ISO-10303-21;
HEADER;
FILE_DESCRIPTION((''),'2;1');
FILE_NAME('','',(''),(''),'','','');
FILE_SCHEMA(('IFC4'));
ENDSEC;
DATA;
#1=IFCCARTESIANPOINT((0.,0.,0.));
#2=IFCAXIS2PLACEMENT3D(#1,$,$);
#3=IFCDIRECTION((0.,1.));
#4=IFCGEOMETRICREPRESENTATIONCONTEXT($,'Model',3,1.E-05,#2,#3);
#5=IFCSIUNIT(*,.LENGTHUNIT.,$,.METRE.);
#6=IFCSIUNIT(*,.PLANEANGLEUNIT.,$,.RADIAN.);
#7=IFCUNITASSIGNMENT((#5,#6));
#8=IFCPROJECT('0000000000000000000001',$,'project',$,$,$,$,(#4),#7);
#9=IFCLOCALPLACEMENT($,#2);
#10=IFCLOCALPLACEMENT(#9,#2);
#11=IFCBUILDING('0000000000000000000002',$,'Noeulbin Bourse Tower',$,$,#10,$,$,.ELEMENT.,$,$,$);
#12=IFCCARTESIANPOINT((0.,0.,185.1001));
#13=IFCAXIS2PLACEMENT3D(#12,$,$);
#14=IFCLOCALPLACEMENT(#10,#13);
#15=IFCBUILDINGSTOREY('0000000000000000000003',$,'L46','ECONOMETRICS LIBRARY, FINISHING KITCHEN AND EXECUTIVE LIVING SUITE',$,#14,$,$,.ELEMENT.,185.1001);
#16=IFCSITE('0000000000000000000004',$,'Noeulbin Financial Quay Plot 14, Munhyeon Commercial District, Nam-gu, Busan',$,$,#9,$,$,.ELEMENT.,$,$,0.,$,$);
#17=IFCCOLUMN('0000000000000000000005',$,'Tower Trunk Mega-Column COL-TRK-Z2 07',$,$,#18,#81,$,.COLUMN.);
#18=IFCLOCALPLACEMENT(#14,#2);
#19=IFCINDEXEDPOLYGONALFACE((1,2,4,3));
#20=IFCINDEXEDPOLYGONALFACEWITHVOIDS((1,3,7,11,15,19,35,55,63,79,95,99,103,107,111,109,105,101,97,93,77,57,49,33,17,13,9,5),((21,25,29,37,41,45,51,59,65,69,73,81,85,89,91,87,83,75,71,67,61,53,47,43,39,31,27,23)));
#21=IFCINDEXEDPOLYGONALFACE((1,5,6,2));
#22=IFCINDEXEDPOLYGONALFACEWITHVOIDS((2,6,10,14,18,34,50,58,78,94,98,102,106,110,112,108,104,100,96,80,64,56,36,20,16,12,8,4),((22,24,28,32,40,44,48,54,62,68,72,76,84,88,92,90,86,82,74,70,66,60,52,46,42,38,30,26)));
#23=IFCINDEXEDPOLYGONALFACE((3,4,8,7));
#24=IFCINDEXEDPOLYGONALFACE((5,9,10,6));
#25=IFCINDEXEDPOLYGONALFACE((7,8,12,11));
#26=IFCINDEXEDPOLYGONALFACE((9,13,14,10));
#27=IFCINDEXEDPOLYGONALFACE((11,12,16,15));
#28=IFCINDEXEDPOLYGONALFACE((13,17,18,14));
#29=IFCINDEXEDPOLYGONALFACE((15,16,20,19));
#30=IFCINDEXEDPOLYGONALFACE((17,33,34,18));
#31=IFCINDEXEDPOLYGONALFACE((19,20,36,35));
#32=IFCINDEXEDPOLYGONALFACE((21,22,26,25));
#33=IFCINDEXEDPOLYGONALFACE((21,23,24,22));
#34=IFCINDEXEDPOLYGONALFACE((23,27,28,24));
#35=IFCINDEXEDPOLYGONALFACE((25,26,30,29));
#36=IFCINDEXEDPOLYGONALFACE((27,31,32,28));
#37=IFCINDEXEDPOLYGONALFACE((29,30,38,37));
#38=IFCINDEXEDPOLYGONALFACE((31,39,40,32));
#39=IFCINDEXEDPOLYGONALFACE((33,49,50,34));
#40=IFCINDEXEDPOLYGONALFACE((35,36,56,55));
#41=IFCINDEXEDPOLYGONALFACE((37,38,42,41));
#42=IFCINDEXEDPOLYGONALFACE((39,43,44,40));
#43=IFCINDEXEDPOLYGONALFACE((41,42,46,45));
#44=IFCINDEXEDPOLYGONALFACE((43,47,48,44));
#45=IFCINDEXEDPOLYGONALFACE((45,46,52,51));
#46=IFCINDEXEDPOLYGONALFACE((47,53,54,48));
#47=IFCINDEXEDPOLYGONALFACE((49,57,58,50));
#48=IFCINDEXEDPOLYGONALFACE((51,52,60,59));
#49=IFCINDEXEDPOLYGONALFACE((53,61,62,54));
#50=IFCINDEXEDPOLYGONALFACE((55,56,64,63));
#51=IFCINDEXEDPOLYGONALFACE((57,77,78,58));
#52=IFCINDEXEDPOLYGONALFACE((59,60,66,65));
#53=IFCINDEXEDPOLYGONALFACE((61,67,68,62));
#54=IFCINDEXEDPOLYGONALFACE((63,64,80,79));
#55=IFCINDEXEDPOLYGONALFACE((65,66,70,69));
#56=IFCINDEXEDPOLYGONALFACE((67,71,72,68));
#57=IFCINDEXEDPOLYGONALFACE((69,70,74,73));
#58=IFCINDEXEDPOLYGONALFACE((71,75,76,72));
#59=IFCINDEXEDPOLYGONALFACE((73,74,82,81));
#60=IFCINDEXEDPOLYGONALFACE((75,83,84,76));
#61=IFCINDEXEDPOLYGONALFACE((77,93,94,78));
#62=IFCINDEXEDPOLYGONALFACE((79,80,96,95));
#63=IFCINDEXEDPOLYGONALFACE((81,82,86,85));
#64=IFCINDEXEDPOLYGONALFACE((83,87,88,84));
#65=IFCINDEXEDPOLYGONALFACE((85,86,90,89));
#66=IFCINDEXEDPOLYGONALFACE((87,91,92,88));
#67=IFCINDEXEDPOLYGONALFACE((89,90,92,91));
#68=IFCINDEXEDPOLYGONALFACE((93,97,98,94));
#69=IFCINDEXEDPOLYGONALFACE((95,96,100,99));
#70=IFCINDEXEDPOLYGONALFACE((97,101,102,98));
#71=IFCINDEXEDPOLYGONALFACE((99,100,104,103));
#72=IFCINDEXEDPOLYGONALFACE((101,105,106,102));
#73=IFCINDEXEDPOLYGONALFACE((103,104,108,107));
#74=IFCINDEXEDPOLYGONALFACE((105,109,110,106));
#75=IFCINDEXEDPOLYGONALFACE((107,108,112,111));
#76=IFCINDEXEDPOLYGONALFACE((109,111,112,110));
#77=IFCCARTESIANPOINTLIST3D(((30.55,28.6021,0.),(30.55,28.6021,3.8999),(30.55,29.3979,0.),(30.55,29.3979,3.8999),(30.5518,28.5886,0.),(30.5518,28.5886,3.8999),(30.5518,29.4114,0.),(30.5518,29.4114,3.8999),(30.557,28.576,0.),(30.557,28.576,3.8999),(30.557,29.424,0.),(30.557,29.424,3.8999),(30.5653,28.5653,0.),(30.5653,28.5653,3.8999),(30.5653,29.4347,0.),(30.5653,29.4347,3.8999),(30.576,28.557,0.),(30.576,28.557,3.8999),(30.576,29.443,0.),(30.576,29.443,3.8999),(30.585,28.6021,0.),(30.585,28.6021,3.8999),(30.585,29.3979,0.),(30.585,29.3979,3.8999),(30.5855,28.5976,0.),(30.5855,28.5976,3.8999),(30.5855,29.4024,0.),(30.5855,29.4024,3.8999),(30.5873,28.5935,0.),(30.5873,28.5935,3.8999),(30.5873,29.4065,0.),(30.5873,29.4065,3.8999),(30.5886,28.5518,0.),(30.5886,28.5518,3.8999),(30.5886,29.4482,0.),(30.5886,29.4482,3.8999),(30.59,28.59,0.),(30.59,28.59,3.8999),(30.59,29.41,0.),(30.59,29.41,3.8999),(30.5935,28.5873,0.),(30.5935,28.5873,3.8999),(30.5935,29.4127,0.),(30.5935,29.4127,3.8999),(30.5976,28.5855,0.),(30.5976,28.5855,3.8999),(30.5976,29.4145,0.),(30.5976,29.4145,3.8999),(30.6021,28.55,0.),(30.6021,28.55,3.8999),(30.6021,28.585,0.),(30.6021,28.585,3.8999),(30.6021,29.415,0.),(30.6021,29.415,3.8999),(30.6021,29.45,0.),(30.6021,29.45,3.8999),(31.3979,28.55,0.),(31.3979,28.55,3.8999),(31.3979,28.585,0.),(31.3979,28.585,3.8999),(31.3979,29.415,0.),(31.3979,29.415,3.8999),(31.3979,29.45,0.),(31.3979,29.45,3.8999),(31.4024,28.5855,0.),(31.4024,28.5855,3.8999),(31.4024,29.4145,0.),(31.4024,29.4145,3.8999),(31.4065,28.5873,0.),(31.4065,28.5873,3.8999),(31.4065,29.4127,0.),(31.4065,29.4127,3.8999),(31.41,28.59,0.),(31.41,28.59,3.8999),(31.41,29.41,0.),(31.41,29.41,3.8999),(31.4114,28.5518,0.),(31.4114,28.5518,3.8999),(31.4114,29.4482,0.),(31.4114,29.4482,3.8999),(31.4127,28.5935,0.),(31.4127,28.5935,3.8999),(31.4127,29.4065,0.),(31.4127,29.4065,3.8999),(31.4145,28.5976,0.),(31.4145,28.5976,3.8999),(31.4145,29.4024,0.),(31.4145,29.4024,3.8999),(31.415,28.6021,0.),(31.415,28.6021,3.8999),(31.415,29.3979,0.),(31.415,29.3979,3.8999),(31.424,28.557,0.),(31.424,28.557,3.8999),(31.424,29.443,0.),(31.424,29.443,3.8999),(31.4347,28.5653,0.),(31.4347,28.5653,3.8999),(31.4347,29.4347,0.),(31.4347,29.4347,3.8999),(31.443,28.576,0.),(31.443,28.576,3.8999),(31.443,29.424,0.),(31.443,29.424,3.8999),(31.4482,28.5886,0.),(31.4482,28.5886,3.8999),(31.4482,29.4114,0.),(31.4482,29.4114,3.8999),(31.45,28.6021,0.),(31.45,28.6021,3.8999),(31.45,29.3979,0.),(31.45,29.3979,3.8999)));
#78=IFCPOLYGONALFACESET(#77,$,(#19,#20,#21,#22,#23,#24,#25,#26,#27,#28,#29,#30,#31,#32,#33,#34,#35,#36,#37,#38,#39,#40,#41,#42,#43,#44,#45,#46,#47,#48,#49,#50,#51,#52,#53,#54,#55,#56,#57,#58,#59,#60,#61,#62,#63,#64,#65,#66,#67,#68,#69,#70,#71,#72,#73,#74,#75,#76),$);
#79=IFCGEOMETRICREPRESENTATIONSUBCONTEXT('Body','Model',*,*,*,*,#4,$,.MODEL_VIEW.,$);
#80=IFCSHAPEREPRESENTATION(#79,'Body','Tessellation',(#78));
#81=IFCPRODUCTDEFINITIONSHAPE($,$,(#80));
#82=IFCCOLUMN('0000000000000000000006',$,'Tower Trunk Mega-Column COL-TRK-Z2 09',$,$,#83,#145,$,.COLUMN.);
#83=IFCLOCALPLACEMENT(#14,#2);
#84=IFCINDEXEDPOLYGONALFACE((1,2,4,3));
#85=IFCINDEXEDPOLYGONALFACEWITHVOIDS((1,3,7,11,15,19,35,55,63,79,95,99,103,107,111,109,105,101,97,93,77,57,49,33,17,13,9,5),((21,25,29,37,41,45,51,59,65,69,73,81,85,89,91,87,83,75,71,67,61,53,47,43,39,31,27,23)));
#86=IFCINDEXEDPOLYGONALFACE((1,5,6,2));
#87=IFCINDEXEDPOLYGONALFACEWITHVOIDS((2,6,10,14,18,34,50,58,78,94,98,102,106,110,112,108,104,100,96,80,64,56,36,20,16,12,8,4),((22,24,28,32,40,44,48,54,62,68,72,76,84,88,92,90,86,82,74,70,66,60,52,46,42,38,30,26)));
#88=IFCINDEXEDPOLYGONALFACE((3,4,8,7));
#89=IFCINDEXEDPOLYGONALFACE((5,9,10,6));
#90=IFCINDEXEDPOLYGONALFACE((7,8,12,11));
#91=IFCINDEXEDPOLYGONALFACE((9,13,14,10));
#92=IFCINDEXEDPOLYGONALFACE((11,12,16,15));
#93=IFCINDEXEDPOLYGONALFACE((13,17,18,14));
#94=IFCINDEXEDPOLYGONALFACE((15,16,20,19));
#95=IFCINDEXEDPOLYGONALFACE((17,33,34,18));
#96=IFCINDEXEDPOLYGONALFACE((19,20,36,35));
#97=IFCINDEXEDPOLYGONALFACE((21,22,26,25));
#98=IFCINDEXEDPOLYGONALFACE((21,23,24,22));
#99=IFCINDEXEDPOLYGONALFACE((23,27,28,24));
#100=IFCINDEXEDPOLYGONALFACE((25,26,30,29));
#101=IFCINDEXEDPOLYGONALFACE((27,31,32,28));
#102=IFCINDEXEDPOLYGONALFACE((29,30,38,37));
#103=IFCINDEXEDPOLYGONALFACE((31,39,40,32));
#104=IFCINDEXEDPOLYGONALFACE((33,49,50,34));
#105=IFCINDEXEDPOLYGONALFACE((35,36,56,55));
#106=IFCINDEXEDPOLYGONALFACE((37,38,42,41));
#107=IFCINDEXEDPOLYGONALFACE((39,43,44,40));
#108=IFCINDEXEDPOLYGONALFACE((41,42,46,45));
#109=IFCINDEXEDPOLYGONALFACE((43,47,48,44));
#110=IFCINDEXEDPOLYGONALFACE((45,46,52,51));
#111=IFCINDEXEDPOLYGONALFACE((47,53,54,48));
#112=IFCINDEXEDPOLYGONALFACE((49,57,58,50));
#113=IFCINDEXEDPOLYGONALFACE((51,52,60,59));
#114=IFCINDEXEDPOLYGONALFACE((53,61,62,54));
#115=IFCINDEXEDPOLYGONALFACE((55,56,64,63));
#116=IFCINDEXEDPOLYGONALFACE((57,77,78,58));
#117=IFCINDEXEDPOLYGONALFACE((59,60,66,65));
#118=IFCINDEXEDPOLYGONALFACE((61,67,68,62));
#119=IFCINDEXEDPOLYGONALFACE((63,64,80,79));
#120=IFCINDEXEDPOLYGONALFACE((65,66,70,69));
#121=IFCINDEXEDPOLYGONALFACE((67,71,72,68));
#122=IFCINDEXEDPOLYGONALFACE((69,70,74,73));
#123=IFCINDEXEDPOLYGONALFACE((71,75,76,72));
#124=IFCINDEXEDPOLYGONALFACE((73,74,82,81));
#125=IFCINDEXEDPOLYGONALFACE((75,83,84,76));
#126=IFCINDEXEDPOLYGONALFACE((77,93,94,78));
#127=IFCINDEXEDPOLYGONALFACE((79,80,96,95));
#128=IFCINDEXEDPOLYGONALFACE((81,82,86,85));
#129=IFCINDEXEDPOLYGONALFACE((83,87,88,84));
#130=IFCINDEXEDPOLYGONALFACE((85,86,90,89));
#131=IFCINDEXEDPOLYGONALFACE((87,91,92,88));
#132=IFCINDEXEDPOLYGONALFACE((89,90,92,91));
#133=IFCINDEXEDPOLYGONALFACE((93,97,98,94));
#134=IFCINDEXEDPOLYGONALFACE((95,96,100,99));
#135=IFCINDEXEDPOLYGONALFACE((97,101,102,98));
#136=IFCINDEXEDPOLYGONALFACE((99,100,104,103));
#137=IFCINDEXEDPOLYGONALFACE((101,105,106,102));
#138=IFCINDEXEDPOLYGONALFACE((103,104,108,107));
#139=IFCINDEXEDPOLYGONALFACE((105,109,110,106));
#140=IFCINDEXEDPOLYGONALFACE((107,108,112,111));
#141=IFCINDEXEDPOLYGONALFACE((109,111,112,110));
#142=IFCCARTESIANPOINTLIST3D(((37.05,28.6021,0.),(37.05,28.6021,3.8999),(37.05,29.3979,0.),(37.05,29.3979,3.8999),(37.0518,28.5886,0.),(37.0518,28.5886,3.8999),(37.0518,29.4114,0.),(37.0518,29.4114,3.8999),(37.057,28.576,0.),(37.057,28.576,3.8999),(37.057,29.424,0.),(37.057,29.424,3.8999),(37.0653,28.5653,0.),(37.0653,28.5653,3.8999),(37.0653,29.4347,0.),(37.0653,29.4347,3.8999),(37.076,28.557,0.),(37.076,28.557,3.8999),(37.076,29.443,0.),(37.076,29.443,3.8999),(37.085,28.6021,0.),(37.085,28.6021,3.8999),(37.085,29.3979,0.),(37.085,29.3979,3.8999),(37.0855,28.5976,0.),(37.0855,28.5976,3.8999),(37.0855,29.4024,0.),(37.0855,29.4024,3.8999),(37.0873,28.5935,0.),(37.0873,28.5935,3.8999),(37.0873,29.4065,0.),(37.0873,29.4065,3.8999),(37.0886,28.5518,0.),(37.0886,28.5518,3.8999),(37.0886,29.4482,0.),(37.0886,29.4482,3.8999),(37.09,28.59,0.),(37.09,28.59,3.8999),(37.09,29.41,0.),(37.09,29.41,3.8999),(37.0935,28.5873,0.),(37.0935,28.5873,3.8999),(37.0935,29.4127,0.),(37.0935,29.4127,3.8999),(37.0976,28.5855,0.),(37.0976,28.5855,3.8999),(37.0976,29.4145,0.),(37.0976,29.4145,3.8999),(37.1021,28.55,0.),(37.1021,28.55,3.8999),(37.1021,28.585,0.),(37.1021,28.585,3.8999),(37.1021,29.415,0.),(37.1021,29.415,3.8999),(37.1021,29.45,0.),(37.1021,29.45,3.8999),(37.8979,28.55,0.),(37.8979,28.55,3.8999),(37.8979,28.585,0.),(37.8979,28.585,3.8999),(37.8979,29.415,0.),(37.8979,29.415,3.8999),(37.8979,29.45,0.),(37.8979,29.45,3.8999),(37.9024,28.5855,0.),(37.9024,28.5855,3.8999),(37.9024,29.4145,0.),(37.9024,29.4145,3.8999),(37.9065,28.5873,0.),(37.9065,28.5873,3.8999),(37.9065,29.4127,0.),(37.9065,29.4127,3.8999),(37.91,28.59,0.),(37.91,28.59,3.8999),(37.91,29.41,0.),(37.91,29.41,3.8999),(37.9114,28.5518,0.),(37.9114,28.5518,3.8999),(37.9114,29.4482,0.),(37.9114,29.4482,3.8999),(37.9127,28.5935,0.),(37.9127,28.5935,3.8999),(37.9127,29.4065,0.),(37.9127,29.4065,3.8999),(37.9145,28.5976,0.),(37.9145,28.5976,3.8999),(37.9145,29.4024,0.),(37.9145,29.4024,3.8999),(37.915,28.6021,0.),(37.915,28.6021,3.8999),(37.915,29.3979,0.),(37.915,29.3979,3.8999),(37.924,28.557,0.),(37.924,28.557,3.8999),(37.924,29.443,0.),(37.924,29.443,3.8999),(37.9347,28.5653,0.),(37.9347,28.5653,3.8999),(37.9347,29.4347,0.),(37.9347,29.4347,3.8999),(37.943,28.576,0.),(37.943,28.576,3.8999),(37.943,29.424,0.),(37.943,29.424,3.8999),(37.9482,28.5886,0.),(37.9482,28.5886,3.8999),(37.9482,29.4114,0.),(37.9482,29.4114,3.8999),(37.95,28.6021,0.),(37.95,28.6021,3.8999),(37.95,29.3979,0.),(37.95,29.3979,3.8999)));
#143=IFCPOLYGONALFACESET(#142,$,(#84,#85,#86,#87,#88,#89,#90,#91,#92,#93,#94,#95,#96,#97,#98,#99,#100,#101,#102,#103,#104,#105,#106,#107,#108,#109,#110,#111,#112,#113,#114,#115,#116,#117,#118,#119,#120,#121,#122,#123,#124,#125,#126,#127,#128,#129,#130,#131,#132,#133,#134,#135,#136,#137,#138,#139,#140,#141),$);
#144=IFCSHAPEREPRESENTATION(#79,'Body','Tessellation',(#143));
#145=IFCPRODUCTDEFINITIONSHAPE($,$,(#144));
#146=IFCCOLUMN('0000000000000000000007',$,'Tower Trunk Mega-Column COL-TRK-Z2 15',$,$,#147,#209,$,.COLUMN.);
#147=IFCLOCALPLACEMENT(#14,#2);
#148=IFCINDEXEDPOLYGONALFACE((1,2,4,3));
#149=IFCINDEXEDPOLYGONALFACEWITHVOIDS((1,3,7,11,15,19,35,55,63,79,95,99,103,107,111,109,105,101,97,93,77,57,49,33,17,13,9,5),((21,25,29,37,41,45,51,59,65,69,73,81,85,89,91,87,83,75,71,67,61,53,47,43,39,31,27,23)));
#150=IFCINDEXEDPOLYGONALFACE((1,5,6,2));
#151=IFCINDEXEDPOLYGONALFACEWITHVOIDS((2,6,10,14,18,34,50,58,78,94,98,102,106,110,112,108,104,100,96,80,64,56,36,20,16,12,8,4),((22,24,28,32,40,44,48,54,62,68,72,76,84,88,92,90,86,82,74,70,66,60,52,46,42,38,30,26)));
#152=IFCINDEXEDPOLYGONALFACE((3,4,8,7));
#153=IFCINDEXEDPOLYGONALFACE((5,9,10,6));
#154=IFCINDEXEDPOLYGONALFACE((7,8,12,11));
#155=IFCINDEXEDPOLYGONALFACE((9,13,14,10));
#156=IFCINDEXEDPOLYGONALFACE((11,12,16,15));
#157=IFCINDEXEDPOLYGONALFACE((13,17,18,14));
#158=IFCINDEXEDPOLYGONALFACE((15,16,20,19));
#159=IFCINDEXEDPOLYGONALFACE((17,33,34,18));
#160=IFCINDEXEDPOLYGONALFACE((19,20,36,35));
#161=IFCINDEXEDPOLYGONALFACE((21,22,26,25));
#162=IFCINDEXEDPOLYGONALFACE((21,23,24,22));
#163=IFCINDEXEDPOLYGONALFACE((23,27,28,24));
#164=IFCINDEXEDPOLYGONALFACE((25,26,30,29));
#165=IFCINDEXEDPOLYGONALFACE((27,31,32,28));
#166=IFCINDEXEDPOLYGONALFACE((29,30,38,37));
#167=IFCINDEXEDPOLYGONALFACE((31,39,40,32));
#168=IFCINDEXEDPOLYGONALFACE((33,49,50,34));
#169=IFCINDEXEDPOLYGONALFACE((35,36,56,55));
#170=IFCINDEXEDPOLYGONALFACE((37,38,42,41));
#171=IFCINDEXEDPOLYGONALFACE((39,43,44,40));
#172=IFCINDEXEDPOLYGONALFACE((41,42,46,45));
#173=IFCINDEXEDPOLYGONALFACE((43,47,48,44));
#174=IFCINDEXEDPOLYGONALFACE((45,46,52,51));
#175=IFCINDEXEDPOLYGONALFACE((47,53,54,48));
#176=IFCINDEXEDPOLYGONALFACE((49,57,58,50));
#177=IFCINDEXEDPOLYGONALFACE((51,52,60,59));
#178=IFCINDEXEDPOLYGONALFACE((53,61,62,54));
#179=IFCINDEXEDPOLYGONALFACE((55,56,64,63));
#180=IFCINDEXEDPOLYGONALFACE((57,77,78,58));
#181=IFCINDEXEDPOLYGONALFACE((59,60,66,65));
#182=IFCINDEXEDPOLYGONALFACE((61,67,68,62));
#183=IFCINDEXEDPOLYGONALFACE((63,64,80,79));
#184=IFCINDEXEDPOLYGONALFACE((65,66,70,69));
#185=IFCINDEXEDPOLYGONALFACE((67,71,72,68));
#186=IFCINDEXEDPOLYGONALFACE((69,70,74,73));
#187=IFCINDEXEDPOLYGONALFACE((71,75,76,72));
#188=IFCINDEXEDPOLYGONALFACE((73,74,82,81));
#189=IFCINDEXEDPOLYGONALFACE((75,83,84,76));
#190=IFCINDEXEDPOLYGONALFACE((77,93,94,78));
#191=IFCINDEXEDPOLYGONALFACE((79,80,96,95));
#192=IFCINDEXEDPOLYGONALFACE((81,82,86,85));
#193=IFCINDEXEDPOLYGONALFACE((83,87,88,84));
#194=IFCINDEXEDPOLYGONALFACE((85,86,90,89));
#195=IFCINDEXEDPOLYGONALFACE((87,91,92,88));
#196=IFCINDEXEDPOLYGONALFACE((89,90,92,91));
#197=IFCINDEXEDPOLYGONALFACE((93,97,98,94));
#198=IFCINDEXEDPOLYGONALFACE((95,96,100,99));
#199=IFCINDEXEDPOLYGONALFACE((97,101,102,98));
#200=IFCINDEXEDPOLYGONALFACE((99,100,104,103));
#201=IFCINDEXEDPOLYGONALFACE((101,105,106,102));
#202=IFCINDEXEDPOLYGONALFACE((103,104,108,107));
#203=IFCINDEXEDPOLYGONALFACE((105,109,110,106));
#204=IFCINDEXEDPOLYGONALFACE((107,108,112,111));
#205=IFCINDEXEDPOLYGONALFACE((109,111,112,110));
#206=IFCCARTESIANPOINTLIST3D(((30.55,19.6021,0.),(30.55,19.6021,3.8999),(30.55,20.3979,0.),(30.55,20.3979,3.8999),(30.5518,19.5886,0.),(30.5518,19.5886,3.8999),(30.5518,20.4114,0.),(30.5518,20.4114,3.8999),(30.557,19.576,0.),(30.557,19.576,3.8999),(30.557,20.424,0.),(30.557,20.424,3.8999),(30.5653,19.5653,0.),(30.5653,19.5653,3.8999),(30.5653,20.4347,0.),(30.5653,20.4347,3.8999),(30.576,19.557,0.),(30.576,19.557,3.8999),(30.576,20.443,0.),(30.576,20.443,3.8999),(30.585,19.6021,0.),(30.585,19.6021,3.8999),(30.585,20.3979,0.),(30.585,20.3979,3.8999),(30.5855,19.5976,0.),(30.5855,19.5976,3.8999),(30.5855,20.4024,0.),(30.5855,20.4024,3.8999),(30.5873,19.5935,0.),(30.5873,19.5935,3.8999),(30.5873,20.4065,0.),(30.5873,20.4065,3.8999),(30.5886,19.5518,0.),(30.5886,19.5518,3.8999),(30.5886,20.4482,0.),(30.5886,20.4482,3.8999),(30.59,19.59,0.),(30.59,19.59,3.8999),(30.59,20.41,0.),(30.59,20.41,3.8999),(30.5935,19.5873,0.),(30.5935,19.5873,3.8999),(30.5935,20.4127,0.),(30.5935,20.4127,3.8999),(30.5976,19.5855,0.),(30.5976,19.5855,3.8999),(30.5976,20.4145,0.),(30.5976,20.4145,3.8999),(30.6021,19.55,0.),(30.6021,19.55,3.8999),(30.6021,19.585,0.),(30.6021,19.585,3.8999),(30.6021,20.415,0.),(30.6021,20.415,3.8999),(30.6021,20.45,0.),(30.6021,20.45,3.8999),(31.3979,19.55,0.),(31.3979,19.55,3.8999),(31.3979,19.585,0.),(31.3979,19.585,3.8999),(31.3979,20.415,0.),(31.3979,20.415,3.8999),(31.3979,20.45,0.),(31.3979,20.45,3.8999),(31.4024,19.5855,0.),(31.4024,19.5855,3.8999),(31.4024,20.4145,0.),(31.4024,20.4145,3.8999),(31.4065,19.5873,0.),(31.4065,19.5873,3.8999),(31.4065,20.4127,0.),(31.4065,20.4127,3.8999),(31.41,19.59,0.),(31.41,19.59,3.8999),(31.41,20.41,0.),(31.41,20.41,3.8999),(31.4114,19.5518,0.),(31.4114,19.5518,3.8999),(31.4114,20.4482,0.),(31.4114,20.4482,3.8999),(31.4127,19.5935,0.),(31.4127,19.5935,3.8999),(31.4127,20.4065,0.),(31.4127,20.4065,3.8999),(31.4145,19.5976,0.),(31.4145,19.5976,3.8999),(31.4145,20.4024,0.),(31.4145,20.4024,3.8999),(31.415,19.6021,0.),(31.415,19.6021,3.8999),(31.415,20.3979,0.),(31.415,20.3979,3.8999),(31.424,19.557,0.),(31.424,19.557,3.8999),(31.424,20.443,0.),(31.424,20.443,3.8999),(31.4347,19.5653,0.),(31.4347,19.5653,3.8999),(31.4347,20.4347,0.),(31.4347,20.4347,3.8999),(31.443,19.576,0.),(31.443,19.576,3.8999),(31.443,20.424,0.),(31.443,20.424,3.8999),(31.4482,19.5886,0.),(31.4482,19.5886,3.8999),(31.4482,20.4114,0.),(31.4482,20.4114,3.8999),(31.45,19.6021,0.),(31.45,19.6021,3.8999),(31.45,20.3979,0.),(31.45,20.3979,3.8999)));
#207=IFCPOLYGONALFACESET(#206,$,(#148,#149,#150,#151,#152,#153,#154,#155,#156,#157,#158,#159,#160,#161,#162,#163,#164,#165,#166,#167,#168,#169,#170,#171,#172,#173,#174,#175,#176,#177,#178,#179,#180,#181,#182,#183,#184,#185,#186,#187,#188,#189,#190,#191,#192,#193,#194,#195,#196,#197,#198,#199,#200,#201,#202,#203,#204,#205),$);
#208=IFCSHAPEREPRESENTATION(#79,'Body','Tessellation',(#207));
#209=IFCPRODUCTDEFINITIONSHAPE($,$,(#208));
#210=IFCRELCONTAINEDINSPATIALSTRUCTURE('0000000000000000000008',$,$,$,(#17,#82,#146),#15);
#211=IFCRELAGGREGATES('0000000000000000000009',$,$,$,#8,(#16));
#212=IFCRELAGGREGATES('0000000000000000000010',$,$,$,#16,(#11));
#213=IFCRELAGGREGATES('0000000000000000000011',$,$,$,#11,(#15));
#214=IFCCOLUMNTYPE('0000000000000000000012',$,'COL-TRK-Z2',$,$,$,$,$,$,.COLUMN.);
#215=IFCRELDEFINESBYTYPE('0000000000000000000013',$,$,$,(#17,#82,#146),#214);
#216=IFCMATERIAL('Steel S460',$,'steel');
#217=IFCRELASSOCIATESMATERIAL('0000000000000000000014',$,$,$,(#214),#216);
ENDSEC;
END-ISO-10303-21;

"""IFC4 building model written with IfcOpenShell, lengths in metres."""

from ifc_helpers import new_model, si_unit, direction, frame, origin, origin_2d, place, context, subcontext, project, spatial, hollow_rectangle, extrude, material, material_profile, profile_set, type_object, element, save


model = new_model("IFC4")

# Units and contexts
model_context = context("Model", 3, precision=1e-05, world=origin(), true_north=direction((0.0, 1.0)))
body_context = subcontext(model_context, "Body", "Model", "MODEL_VIEW")
ifc_project = project(units=[si_unit("LENGTHUNIT", "METRE"), si_unit("PLANEANGLEUNIT", "RADIAN")], contexts=[model_context])

# Site, building, storey
site_placement = place(None, origin())
site = spatial("IfcSite", under=ifc_project, at=site_placement, Name="Noeulbin Financial Quay Plot 14, Munhyeon Commercial District, Nam-gu, Busan", CompositionType="ELEMENT", RefElevation=0.0)
building_placement = place(site_placement, origin())
building = spatial("IfcBuilding", under=site, at=building_placement, Name="Noeulbin Bourse Tower", CompositionType="ELEMENT")
storey_placement = place(building_placement, frame((0.0, 0.0, 185.1001)))
storey = spatial("IfcBuildingStorey", under=building, at=storey_placement, Name="L46", Description="ECONOMETRICS LIBRARY, FINISHING KITCHEN AND EXECUTIVE LIVING SUITE", CompositionType="ELEMENT", Elevation=185.1001)

# Columns
ifc_material_1 = material(Name="Steel S460", Category="steel")
ifc_material_profile_1 = material_profile(ifc_material_1, hollow_rectangle(XDim=0.8999, YDim=0.8999, WallThickness=0.0349, InnerFilletRadius=0.0171, OuterFilletRadius=0.052, at=origin_2d()), Name="BOX-900x900x35", Category="LoadBearing")
ifc_profile_set_1 = profile_set([ifc_material_profile_1], Name="Steel S460")
column_type = type_object("IfcColumnType", Name="COL-TRK-Z2", PredefinedType="COLUMN", material=ifc_profile_set_1)
for number, where, z_axis, x_axis, name in (
    (1, (31.0, 29.0, 0.0), (0.0, 0.0, 1.0), (1.0, 0.0, 0.0), "Tower Trunk Mega-Column COL-TRK-Z2 07"),
    (2, (37.5, 29.0, 0.0), (0.0, 0.0, 1.0), (1.0, 0.0, 0.0), "Tower Trunk Mega-Column COL-TRK-Z2 09"),
    (3, (31.0, 20.0, 0.0), (0.0, 0.0, 1.0), (1.0, 0.0, 0.0), "Tower Trunk Mega-Column COL-TRK-Z2 15"),
):
    element("IfcColumn", number, at=place(storey_placement, frame(where, z_axis=z_axis, x_axis=x_axis)), inside=storey, type_object=column_type, Name=name, PredefinedType="COLUMN", context=body_context, shape_type="SweptSolid", body=[
        extrude(hollow_rectangle(XDim=0.8999, YDim=0.8999, WallThickness=0.0349, InnerFilletRadius=0.0171, OuterFilletRadius=0.052, at=origin_2d()), origin(), (0.0, 0.0, 1.0), 3.8999),
    ])

save(model, "model.ifc")
